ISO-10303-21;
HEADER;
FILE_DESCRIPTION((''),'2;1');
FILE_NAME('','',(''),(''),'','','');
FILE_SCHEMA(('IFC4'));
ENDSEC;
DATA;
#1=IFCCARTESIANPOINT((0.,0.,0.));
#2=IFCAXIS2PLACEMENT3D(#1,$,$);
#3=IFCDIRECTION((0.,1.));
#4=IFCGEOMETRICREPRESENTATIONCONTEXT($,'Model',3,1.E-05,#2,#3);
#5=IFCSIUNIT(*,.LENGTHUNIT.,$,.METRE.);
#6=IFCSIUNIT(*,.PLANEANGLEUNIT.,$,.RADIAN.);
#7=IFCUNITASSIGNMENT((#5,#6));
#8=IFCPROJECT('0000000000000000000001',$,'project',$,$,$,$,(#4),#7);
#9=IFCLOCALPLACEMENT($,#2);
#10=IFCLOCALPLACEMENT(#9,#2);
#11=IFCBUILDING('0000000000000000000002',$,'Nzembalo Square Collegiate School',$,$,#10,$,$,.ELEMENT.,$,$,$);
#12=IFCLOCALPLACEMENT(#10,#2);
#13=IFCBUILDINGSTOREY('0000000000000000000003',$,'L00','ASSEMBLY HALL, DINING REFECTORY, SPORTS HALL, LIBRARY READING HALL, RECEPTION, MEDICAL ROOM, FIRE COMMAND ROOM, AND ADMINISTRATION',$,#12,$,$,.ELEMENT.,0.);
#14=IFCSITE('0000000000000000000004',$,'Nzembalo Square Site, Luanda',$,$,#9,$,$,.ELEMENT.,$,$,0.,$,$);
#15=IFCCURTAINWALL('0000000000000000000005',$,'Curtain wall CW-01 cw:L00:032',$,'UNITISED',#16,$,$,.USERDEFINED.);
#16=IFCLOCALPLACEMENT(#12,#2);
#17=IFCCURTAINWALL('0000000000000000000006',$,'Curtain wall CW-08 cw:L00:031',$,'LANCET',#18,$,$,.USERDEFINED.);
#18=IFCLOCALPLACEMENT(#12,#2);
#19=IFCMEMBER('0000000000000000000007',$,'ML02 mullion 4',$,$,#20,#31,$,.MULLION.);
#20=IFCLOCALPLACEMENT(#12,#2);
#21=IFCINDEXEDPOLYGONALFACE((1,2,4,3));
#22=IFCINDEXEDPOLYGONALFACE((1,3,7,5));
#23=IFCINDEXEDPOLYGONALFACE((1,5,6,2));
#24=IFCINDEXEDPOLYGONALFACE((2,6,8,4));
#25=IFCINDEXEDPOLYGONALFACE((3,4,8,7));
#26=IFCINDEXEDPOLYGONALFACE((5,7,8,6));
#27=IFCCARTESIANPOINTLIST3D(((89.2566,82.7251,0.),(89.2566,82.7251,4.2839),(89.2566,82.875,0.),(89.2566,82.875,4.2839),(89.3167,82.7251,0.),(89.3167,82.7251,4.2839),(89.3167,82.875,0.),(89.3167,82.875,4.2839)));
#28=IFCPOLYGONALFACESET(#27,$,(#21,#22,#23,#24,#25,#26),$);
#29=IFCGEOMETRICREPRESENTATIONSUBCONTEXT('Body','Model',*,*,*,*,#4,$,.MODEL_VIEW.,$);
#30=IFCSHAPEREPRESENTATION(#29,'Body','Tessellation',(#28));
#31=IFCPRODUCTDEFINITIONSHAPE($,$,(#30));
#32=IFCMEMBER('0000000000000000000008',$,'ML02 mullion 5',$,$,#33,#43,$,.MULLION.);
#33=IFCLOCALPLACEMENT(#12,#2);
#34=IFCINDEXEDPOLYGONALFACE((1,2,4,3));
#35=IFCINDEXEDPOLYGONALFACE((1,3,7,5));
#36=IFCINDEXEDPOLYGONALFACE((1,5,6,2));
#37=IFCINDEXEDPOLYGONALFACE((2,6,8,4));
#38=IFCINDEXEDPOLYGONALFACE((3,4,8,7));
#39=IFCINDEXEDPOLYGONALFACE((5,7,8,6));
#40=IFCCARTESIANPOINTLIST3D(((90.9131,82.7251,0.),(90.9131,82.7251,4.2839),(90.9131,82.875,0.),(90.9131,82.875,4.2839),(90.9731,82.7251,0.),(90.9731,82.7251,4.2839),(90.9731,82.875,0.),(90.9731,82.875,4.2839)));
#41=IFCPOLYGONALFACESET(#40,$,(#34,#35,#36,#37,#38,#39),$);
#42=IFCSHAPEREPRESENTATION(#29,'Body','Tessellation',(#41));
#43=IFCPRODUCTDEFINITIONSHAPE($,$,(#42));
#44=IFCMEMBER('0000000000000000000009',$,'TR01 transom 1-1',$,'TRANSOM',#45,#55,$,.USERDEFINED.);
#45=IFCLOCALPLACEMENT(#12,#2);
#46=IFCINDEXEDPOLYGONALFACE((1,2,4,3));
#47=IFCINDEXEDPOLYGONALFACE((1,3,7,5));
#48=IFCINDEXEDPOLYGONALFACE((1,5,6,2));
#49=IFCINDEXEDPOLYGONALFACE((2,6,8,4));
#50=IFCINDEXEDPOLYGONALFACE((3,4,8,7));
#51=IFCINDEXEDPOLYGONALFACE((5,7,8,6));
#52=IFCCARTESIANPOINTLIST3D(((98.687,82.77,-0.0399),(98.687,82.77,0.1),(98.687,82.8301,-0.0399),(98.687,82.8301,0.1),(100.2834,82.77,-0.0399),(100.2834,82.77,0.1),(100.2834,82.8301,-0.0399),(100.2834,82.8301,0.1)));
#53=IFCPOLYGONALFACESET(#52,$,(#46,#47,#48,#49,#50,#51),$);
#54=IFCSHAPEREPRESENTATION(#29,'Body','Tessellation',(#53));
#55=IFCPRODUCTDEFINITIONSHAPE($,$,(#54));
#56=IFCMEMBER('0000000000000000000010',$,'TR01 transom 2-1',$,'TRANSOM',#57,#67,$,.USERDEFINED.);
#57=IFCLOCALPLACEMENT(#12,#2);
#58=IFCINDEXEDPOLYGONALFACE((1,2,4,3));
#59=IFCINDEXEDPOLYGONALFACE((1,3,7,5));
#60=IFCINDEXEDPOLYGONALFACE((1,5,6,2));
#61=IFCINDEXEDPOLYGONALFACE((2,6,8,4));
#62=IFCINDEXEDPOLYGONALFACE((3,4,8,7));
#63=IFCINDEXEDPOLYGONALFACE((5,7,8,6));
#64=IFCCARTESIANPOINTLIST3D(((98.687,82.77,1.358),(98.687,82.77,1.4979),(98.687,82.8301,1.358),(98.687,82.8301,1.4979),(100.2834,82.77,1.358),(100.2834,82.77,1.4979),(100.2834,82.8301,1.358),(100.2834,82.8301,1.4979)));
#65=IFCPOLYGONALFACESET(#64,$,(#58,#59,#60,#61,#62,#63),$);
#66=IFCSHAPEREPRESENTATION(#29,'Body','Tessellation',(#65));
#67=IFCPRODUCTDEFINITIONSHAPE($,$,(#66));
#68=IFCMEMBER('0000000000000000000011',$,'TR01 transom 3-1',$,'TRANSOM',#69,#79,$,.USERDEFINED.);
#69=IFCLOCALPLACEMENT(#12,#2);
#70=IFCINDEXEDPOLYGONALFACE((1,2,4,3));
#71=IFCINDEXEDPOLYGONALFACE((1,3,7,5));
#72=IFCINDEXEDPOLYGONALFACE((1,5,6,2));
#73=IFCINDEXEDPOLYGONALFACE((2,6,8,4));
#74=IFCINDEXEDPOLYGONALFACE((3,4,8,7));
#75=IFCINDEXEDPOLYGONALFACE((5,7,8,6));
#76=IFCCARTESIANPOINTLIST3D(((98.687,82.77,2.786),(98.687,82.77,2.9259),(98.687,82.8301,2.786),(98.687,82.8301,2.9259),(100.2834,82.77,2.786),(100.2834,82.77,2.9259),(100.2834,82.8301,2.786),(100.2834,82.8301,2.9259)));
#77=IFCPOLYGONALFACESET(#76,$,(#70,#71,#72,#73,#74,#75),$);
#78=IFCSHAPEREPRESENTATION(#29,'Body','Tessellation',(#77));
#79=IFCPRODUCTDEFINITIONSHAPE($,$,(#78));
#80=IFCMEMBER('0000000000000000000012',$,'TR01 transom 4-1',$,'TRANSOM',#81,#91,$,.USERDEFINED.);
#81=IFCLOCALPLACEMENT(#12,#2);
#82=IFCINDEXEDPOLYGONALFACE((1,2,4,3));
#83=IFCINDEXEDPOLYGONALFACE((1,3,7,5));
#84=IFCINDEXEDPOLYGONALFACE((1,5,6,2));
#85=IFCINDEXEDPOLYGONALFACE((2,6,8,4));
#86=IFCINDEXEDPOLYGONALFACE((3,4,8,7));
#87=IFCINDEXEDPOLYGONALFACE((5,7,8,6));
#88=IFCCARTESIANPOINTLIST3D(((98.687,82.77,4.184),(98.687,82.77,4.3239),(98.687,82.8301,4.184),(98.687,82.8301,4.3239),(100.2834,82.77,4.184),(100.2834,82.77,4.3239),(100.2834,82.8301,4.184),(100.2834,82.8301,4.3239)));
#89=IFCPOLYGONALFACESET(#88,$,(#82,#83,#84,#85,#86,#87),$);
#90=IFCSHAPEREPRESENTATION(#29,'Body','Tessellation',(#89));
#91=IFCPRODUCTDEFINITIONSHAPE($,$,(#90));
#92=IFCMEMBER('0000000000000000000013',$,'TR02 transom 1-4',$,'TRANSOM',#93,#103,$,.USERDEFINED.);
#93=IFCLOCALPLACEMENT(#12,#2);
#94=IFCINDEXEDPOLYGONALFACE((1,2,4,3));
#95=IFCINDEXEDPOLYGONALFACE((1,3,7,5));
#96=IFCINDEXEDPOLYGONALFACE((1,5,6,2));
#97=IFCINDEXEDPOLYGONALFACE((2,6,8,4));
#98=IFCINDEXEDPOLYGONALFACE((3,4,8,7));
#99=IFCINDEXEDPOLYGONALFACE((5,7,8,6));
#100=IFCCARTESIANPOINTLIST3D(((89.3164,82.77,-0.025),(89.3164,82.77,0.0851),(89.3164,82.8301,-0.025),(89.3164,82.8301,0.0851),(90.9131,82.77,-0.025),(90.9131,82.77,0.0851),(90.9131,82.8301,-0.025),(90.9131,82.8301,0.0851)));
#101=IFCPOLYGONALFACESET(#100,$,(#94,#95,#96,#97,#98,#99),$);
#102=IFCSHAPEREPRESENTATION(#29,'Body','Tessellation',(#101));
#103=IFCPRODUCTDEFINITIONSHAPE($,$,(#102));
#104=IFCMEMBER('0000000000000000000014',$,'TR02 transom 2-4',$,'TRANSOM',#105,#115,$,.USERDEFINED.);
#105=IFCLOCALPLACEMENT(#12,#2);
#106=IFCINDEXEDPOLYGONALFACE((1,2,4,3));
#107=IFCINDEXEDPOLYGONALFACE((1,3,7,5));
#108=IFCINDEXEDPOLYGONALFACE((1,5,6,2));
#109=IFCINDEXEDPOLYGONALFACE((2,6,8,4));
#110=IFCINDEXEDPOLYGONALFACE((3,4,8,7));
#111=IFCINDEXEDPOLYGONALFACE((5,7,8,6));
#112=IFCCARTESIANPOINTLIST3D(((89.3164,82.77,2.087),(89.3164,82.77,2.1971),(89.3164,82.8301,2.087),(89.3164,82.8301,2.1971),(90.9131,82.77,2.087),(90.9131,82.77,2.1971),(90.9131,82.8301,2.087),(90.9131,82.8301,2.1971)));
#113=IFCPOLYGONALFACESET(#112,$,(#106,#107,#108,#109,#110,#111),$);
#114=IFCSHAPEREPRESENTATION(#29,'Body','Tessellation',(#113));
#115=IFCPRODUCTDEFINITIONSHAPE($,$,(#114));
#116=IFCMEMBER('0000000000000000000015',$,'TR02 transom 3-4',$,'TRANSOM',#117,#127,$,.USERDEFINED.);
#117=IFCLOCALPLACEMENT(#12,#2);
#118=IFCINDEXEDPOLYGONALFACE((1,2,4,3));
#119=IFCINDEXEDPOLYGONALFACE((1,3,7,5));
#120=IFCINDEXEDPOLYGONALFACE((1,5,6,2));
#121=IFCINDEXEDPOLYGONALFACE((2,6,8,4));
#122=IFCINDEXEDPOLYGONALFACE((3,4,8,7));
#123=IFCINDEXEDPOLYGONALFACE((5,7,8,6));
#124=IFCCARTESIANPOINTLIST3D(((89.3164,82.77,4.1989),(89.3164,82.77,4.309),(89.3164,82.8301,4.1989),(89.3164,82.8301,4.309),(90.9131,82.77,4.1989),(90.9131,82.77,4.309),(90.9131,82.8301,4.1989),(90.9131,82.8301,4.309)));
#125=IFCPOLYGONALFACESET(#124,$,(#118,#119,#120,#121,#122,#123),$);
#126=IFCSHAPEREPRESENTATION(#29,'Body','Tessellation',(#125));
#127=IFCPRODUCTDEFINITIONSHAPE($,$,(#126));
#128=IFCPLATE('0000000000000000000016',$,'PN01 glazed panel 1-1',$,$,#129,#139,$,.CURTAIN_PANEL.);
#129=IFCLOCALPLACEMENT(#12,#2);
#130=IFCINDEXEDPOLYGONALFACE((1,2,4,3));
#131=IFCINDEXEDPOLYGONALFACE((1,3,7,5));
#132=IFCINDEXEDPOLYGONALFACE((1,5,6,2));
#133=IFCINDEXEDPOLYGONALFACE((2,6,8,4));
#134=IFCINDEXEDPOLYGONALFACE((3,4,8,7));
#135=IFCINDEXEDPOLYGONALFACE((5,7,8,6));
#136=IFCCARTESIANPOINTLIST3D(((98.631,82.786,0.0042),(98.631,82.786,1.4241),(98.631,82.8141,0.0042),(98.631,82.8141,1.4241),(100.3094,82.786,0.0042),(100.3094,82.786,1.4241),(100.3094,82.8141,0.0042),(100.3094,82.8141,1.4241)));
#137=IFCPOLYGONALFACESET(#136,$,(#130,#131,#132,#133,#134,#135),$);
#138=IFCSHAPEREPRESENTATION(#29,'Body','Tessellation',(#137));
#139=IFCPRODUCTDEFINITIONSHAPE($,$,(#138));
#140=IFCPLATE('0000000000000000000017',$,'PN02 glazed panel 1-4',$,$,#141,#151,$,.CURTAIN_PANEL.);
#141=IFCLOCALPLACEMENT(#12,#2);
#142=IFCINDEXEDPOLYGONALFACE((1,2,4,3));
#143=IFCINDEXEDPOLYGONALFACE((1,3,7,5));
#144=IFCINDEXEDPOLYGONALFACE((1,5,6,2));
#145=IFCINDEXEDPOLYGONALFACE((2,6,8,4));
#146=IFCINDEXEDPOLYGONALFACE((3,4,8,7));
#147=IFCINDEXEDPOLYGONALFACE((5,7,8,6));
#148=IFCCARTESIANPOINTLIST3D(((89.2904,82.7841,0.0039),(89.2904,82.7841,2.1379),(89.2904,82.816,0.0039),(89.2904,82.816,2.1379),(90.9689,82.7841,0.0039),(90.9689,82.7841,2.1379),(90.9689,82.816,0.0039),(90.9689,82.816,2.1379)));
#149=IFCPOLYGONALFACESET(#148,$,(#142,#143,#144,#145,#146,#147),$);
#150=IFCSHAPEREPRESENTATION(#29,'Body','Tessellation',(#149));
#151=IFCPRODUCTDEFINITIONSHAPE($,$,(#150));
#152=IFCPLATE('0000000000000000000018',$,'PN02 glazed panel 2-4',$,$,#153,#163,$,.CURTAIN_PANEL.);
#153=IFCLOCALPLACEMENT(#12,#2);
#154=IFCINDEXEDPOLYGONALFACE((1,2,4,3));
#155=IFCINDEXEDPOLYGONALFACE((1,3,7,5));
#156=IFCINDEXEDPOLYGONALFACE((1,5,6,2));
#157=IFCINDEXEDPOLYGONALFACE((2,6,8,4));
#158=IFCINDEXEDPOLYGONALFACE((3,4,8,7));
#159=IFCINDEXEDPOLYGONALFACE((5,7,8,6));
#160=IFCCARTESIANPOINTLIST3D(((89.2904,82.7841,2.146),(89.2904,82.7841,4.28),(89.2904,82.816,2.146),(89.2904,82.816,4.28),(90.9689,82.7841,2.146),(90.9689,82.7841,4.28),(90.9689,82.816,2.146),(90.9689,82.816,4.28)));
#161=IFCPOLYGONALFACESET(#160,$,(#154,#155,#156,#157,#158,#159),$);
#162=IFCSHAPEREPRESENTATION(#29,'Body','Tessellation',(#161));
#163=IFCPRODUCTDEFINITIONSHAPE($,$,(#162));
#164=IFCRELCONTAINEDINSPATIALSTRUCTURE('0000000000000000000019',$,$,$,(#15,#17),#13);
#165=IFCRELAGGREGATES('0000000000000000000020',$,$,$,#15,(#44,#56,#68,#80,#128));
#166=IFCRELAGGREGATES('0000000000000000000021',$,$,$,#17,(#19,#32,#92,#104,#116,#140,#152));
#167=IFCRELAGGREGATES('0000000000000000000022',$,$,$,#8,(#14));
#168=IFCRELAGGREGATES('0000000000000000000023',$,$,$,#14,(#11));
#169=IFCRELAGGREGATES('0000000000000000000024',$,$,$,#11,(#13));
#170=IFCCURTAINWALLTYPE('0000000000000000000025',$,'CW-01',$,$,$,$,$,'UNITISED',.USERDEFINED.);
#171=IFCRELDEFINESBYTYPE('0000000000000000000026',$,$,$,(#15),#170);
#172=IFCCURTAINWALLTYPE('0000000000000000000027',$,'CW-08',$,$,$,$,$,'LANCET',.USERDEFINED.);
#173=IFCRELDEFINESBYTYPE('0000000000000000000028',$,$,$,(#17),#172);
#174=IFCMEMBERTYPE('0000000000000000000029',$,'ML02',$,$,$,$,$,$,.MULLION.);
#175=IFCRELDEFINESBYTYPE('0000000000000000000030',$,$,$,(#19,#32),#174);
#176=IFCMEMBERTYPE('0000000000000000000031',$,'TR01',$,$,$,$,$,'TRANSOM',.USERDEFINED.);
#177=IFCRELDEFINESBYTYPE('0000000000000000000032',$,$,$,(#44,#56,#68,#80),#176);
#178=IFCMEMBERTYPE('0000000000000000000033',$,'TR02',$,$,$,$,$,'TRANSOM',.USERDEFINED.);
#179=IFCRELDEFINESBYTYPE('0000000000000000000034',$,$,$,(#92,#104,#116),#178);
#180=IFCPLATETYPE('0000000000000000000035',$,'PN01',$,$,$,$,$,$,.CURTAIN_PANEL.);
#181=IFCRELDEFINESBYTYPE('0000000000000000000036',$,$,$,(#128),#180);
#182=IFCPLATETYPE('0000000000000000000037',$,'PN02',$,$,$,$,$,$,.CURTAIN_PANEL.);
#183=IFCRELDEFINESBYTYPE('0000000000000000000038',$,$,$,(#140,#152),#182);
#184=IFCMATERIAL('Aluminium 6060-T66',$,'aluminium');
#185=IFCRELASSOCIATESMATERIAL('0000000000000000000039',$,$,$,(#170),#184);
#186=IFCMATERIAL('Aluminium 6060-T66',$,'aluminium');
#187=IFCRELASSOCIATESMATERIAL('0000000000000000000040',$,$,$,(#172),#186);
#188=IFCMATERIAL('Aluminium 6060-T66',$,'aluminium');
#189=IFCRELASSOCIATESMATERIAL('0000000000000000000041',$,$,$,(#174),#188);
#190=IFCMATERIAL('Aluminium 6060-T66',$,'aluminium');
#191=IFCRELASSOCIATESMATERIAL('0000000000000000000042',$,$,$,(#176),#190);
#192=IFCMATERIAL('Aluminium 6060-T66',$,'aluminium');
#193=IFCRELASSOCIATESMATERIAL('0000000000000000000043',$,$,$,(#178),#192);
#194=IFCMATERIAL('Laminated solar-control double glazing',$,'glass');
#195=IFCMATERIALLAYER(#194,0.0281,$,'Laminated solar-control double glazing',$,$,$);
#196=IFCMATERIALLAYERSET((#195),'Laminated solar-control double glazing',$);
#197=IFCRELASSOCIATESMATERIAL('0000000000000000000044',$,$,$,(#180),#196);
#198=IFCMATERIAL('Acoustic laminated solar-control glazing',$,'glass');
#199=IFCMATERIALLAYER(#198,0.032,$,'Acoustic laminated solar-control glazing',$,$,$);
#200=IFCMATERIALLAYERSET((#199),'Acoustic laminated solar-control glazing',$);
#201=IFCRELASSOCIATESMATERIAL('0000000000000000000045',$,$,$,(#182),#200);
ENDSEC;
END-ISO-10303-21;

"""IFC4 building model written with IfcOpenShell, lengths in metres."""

from ifc_helpers import new_model, si_unit, direction, frame, origin, origin_2d, place, context, subcontext, project, spatial, rectangle, extrude, material, layer, layer_set, material_profile, profile_set, type_object, element, aggregate, save


model = new_model("IFC4")

# Units and contexts
model_context = context("Model", 3, precision=1e-05, world=origin(), true_north=direction((0.0, 1.0)))
body_context = subcontext(model_context, "Body", "Model", "MODEL_VIEW")
ifc_project = project(units=[si_unit("LENGTHUNIT", "METRE"), si_unit("PLANEANGLEUNIT", "RADIAN")], contexts=[model_context])

# Site, building, storey
site_placement = place(None, origin())
site = spatial("IfcSite", under=ifc_project, at=site_placement, Name="Nzembalo Square Site, Luanda", CompositionType="ELEMENT", RefElevation=0.0)
building_placement = place(site_placement, origin())
building = spatial("IfcBuilding", under=site, at=building_placement, Name="Nzembalo Square Collegiate School", CompositionType="ELEMENT")
storey_placement = place(building_placement, origin())
storey = spatial("IfcBuildingStorey", under=building, at=storey_placement, Name="L00", Description="ASSEMBLY HALL, DINING REFECTORY, SPORTS HALL, LIBRARY READING HALL, RECEPTION, MEDICAL ROOM, FIRE COMMAND ROOM, AND ADMINISTRATION", CompositionType="ELEMENT", Elevation=0.0)

# Curtain wall
ifc_material_1 = material(Name="Aluminium 6060-T66", Category="aluminium")
curtain_wall_type_1 = type_object("IfcCurtainWallType", Name="CW-01", ElementType="UNITISED", PredefinedType="USERDEFINED", material=ifc_material_1)
curtain_wall_1_placement = place(storey_placement, origin())
curtain_wall_1 = element("IfcCurtainWall", 1, at=curtain_wall_1_placement, inside=storey, type_object=curtain_wall_type_1, Name="Curtain wall CW-01 cw:L00:032", ObjectType="UNITISED", PredefinedType="USERDEFINED")

# Curtain wall, members
ifc_material_2 = material(Name="Aluminium 6060-T66", Category="aluminium")
curtain_wall_type_2 = type_object("IfcCurtainWallType", Name="CW-08", ElementType="LANCET", PredefinedType="USERDEFINED", material=ifc_material_2)
curtain_wall_2_placement = place(storey_placement, origin())
curtain_wall_2 = element("IfcCurtainWall", 2, at=curtain_wall_2_placement, inside=storey, type_object=curtain_wall_type_2, Name="Curtain wall CW-08 cw:L00:031", ObjectType="LANCET", PredefinedType="USERDEFINED")
ifc_material_3 = material(Name="Aluminium 6060-T66", Category="aluminium")
ifc_material_profile_1 = material_profile(ifc_material_3, rectangle(XDim=0.0601, YDim=0.1499, at=origin_2d()), Name="ALU M60x150")
ifc_profile_set_1 = profile_set([ifc_material_profile_1], Name="Aluminium 6060-T66")
member_type_1 = type_object("IfcMemberType", Name="ML02", PredefinedType="MULLION", material=ifc_profile_set_1)
member_1_placement = place(storey_placement, frame((89.2866, 82.8, 0.0), z_axis=(0.0, 0.0, 1.0), x_axis=(1.0, 0.0, 0.0)))
member_1 = element("IfcMember", 3, at=member_1_placement, type_object=member_type_1, Name="ML02 mullion 4", PredefinedType="MULLION", context=body_context, shape_type="SweptSolid", body=[
    extrude(rectangle(XDim=0.0601, YDim=0.1499, at=origin_2d()), origin(), (0.0, 0.0, 1.0), 4.2839),
])
member_2_placement = place(storey_placement, frame((90.9431, 82.8, 0.0), z_axis=(0.0, 0.0, 1.0), x_axis=(1.0, 0.0, 0.0)))
member_2 = element("IfcMember", 4, at=member_2_placement, type_object=member_type_1, Name="ML02 mullion 5", PredefinedType="MULLION", context=body_context, shape_type="SweptSolid", body=[
    extrude(rectangle(XDim=0.0601, YDim=0.1499, at=origin_2d()), origin(), (0.0, 0.0, 1.0), 4.2839),
])

# Members
ifc_material_4 = material(Name="Aluminium 6060-T66", Category="aluminium")
ifc_material_profile_2 = material_profile(ifc_material_4, rectangle(XDim=0.0601, YDim=0.1399, at=origin_2d()), Name="ALU T60x140")
ifc_profile_set_2 = profile_set([ifc_material_profile_2], Name="Aluminium 6060-T66")
member_type_2 = type_object("IfcMemberType", Name="TR01", ElementType="TRANSOM", PredefinedType="USERDEFINED", material=ifc_profile_set_2)
member_3_placement = place(storey_placement, frame((98.687, 82.8, 0.03), z_axis=(1.0, 0.0, 0.0), x_axis=(0.0, 1.0, 0.0)))
member_3 = element("IfcMember", 5, at=member_3_placement, type_object=member_type_2, Name="TR01 transom 1-1", ObjectType="TRANSOM", PredefinedType="USERDEFINED", context=body_context, shape_type="SweptSolid", body=[
    extrude(rectangle(XDim=0.0601, YDim=0.1399, at=origin_2d()), origin(), (0.0, 0.0, 1.0), 1.5964),
])
member_4_placement = place(storey_placement, frame((98.687, 82.8, 1.428), z_axis=(1.0, 0.0, 0.0), x_axis=(0.0, 1.0, 0.0)))
member_4 = element("IfcMember", 6, at=member_4_placement, type_object=member_type_2, Name="TR01 transom 2-1", ObjectType="TRANSOM", PredefinedType="USERDEFINED", context=body_context, shape_type="SweptSolid", body=[
    extrude(rectangle(XDim=0.0601, YDim=0.1399, at=origin_2d()), origin(), (0.0, 0.0, 1.0), 1.5964),
])
member_5_placement = place(storey_placement, frame((98.687, 82.8, 2.856), z_axis=(1.0, 0.0, 0.0), x_axis=(0.0, 1.0, 0.0)))
member_5 = element("IfcMember", 7, at=member_5_placement, type_object=member_type_2, Name="TR01 transom 3-1", ObjectType="TRANSOM", PredefinedType="USERDEFINED", context=body_context, shape_type="SweptSolid", body=[
    extrude(rectangle(XDim=0.0601, YDim=0.1399, at=origin_2d()), origin(), (0.0, 0.0, 1.0), 1.5964),
])
member_6_placement = place(storey_placement, frame((98.687, 82.8, 4.2539), z_axis=(1.0, 0.0, 0.0), x_axis=(0.0, 1.0, 0.0)))
member_6 = element("IfcMember", 8, at=member_6_placement, type_object=member_type_2, Name="TR01 transom 4-1", ObjectType="TRANSOM", PredefinedType="USERDEFINED", context=body_context, shape_type="SweptSolid", body=[
    extrude(rectangle(XDim=0.0601, YDim=0.1399, at=origin_2d()), origin(), (0.0, 0.0, 1.0), 1.5964),
])
ifc_material_5 = material(Name="Aluminium 6060-T66", Category="aluminium")
ifc_material_profile_3 = material_profile(ifc_material_5, rectangle(XDim=0.0601, YDim=0.1101, at=origin_2d()), Name="ALU T60x110")
ifc_profile_set_3 = profile_set([ifc_material_profile_3], Name="Aluminium 6060-T66")
member_type_3 = type_object("IfcMemberType", Name="TR02", ElementType="TRANSOM", PredefinedType="USERDEFINED", material=ifc_profile_set_3)
member_7_placement = place(storey_placement, frame((89.3164, 82.8, 0.03), z_axis=(1.0, 0.0, 0.0), x_axis=(0.0, 1.0, 0.0)))
member_7 = element("IfcMember", 9, at=member_7_placement, type_object=member_type_3, Name="TR02 transom 1-4", ObjectType="TRANSOM", PredefinedType="USERDEFINED", context=body_context, shape_type="SweptSolid", body=[
    extrude(rectangle(XDim=0.0601, YDim=0.1101, at=origin_2d()), origin(), (0.0, 0.0, 1.0), 1.5967),
])
member_8_placement = place(storey_placement, frame((89.3164, 82.8, 2.1421), z_axis=(1.0, 0.0, 0.0), x_axis=(0.0, 1.0, 0.0)))
member_8 = element("IfcMember", 10, at=member_8_placement, type_object=member_type_3, Name="TR02 transom 2-4", ObjectType="TRANSOM", PredefinedType="USERDEFINED", context=body_context, shape_type="SweptSolid", body=[
    extrude(rectangle(XDim=0.0601, YDim=0.1101, at=origin_2d()), origin(), (0.0, 0.0, 1.0), 1.5967),
])
member_9_placement = place(storey_placement, frame((89.3164, 82.8, 4.2539), z_axis=(1.0, 0.0, 0.0), x_axis=(0.0, 1.0, 0.0)))
member_9 = element("IfcMember", 11, at=member_9_placement, type_object=member_type_3, Name="TR02 transom 3-4", ObjectType="TRANSOM", PredefinedType="USERDEFINED", context=body_context, shape_type="SweptSolid", body=[
    extrude(rectangle(XDim=0.0601, YDim=0.1101, at=origin_2d()), origin(), (0.0, 0.0, 1.0), 1.5967),
])

# Plates
ifc_material_6 = material(Name="Laminated solar-control double glazing", Category="glass")
ifc_layer_1 = layer(ifc_material_6, 0.0281, Name="Laminated solar-control double glazing")
ifc_layer_set_1 = layer_set([ifc_layer_1], Name="Laminated solar-control double glazing")
plate_type_1 = type_object("IfcPlateType", Name="PN01", PredefinedType="CURTAIN_PANEL", material=ifc_layer_set_1)
plate_1_placement = place(storey_placement, frame((99.4702, 82.8, 0.0042), z_axis=(0.0, 0.0, 1.0), x_axis=(1.0, 0.0, 0.0)))
plate_1 = element("IfcPlate", 12, at=plate_1_placement, type_object=plate_type_1, Name="PN01 glazed panel 1-1", PredefinedType="CURTAIN_PANEL", context=body_context, shape_type="SweptSolid", body=[
    extrude(rectangle(XDim=1.6785, YDim=0.0281, at=origin_2d()), origin(), (0.0, 0.0, 1.0), 1.4199),
])
aggregate(curtain_wall_1, [member_3, member_4, member_5, member_6, plate_1])
ifc_material_7 = material(Name="Acoustic laminated solar-control glazing", Category="glass")
ifc_layer_2 = layer(ifc_material_7, 0.032, Name="Acoustic laminated solar-control glazing")
ifc_layer_set_2 = layer_set([ifc_layer_2], Name="Acoustic laminated solar-control glazing")
plate_type_2 = type_object("IfcPlateType", Name="PN02", PredefinedType="CURTAIN_PANEL", material=ifc_layer_set_2)
plate_2_placement = place(storey_placement, frame((90.1296, 82.8, 0.0039), z_axis=(0.0, 0.0, 1.0), x_axis=(1.0, 0.0, 0.0)))
plate_2 = element("IfcPlate", 13, at=plate_2_placement, type_object=plate_type_2, Name="PN02 glazed panel 1-4", PredefinedType="CURTAIN_PANEL", context=body_context, shape_type="SweptSolid", body=[
    extrude(rectangle(XDim=1.6785, YDim=0.032, at=origin_2d()), origin(), (0.0, 0.0, 1.0), 2.134),
])
plate_3_placement = place(storey_placement, frame((90.1296, 82.8, 2.146), z_axis=(0.0, 0.0, 1.0), x_axis=(1.0, 0.0, 0.0)))
plate_3 = element("IfcPlate", 14, at=plate_3_placement, type_object=plate_type_2, Name="PN02 glazed panel 2-4", PredefinedType="CURTAIN_PANEL", context=body_context, shape_type="SweptSolid", body=[
    extrude(rectangle(XDim=1.6785, YDim=0.032, at=origin_2d()), origin(), (0.0, 0.0, 1.0), 2.134),
])
aggregate(curtain_wall_2, [member_1, member_2, member_7, member_8, member_9, plate_2, plate_3])

save(model, "model.ifc")
